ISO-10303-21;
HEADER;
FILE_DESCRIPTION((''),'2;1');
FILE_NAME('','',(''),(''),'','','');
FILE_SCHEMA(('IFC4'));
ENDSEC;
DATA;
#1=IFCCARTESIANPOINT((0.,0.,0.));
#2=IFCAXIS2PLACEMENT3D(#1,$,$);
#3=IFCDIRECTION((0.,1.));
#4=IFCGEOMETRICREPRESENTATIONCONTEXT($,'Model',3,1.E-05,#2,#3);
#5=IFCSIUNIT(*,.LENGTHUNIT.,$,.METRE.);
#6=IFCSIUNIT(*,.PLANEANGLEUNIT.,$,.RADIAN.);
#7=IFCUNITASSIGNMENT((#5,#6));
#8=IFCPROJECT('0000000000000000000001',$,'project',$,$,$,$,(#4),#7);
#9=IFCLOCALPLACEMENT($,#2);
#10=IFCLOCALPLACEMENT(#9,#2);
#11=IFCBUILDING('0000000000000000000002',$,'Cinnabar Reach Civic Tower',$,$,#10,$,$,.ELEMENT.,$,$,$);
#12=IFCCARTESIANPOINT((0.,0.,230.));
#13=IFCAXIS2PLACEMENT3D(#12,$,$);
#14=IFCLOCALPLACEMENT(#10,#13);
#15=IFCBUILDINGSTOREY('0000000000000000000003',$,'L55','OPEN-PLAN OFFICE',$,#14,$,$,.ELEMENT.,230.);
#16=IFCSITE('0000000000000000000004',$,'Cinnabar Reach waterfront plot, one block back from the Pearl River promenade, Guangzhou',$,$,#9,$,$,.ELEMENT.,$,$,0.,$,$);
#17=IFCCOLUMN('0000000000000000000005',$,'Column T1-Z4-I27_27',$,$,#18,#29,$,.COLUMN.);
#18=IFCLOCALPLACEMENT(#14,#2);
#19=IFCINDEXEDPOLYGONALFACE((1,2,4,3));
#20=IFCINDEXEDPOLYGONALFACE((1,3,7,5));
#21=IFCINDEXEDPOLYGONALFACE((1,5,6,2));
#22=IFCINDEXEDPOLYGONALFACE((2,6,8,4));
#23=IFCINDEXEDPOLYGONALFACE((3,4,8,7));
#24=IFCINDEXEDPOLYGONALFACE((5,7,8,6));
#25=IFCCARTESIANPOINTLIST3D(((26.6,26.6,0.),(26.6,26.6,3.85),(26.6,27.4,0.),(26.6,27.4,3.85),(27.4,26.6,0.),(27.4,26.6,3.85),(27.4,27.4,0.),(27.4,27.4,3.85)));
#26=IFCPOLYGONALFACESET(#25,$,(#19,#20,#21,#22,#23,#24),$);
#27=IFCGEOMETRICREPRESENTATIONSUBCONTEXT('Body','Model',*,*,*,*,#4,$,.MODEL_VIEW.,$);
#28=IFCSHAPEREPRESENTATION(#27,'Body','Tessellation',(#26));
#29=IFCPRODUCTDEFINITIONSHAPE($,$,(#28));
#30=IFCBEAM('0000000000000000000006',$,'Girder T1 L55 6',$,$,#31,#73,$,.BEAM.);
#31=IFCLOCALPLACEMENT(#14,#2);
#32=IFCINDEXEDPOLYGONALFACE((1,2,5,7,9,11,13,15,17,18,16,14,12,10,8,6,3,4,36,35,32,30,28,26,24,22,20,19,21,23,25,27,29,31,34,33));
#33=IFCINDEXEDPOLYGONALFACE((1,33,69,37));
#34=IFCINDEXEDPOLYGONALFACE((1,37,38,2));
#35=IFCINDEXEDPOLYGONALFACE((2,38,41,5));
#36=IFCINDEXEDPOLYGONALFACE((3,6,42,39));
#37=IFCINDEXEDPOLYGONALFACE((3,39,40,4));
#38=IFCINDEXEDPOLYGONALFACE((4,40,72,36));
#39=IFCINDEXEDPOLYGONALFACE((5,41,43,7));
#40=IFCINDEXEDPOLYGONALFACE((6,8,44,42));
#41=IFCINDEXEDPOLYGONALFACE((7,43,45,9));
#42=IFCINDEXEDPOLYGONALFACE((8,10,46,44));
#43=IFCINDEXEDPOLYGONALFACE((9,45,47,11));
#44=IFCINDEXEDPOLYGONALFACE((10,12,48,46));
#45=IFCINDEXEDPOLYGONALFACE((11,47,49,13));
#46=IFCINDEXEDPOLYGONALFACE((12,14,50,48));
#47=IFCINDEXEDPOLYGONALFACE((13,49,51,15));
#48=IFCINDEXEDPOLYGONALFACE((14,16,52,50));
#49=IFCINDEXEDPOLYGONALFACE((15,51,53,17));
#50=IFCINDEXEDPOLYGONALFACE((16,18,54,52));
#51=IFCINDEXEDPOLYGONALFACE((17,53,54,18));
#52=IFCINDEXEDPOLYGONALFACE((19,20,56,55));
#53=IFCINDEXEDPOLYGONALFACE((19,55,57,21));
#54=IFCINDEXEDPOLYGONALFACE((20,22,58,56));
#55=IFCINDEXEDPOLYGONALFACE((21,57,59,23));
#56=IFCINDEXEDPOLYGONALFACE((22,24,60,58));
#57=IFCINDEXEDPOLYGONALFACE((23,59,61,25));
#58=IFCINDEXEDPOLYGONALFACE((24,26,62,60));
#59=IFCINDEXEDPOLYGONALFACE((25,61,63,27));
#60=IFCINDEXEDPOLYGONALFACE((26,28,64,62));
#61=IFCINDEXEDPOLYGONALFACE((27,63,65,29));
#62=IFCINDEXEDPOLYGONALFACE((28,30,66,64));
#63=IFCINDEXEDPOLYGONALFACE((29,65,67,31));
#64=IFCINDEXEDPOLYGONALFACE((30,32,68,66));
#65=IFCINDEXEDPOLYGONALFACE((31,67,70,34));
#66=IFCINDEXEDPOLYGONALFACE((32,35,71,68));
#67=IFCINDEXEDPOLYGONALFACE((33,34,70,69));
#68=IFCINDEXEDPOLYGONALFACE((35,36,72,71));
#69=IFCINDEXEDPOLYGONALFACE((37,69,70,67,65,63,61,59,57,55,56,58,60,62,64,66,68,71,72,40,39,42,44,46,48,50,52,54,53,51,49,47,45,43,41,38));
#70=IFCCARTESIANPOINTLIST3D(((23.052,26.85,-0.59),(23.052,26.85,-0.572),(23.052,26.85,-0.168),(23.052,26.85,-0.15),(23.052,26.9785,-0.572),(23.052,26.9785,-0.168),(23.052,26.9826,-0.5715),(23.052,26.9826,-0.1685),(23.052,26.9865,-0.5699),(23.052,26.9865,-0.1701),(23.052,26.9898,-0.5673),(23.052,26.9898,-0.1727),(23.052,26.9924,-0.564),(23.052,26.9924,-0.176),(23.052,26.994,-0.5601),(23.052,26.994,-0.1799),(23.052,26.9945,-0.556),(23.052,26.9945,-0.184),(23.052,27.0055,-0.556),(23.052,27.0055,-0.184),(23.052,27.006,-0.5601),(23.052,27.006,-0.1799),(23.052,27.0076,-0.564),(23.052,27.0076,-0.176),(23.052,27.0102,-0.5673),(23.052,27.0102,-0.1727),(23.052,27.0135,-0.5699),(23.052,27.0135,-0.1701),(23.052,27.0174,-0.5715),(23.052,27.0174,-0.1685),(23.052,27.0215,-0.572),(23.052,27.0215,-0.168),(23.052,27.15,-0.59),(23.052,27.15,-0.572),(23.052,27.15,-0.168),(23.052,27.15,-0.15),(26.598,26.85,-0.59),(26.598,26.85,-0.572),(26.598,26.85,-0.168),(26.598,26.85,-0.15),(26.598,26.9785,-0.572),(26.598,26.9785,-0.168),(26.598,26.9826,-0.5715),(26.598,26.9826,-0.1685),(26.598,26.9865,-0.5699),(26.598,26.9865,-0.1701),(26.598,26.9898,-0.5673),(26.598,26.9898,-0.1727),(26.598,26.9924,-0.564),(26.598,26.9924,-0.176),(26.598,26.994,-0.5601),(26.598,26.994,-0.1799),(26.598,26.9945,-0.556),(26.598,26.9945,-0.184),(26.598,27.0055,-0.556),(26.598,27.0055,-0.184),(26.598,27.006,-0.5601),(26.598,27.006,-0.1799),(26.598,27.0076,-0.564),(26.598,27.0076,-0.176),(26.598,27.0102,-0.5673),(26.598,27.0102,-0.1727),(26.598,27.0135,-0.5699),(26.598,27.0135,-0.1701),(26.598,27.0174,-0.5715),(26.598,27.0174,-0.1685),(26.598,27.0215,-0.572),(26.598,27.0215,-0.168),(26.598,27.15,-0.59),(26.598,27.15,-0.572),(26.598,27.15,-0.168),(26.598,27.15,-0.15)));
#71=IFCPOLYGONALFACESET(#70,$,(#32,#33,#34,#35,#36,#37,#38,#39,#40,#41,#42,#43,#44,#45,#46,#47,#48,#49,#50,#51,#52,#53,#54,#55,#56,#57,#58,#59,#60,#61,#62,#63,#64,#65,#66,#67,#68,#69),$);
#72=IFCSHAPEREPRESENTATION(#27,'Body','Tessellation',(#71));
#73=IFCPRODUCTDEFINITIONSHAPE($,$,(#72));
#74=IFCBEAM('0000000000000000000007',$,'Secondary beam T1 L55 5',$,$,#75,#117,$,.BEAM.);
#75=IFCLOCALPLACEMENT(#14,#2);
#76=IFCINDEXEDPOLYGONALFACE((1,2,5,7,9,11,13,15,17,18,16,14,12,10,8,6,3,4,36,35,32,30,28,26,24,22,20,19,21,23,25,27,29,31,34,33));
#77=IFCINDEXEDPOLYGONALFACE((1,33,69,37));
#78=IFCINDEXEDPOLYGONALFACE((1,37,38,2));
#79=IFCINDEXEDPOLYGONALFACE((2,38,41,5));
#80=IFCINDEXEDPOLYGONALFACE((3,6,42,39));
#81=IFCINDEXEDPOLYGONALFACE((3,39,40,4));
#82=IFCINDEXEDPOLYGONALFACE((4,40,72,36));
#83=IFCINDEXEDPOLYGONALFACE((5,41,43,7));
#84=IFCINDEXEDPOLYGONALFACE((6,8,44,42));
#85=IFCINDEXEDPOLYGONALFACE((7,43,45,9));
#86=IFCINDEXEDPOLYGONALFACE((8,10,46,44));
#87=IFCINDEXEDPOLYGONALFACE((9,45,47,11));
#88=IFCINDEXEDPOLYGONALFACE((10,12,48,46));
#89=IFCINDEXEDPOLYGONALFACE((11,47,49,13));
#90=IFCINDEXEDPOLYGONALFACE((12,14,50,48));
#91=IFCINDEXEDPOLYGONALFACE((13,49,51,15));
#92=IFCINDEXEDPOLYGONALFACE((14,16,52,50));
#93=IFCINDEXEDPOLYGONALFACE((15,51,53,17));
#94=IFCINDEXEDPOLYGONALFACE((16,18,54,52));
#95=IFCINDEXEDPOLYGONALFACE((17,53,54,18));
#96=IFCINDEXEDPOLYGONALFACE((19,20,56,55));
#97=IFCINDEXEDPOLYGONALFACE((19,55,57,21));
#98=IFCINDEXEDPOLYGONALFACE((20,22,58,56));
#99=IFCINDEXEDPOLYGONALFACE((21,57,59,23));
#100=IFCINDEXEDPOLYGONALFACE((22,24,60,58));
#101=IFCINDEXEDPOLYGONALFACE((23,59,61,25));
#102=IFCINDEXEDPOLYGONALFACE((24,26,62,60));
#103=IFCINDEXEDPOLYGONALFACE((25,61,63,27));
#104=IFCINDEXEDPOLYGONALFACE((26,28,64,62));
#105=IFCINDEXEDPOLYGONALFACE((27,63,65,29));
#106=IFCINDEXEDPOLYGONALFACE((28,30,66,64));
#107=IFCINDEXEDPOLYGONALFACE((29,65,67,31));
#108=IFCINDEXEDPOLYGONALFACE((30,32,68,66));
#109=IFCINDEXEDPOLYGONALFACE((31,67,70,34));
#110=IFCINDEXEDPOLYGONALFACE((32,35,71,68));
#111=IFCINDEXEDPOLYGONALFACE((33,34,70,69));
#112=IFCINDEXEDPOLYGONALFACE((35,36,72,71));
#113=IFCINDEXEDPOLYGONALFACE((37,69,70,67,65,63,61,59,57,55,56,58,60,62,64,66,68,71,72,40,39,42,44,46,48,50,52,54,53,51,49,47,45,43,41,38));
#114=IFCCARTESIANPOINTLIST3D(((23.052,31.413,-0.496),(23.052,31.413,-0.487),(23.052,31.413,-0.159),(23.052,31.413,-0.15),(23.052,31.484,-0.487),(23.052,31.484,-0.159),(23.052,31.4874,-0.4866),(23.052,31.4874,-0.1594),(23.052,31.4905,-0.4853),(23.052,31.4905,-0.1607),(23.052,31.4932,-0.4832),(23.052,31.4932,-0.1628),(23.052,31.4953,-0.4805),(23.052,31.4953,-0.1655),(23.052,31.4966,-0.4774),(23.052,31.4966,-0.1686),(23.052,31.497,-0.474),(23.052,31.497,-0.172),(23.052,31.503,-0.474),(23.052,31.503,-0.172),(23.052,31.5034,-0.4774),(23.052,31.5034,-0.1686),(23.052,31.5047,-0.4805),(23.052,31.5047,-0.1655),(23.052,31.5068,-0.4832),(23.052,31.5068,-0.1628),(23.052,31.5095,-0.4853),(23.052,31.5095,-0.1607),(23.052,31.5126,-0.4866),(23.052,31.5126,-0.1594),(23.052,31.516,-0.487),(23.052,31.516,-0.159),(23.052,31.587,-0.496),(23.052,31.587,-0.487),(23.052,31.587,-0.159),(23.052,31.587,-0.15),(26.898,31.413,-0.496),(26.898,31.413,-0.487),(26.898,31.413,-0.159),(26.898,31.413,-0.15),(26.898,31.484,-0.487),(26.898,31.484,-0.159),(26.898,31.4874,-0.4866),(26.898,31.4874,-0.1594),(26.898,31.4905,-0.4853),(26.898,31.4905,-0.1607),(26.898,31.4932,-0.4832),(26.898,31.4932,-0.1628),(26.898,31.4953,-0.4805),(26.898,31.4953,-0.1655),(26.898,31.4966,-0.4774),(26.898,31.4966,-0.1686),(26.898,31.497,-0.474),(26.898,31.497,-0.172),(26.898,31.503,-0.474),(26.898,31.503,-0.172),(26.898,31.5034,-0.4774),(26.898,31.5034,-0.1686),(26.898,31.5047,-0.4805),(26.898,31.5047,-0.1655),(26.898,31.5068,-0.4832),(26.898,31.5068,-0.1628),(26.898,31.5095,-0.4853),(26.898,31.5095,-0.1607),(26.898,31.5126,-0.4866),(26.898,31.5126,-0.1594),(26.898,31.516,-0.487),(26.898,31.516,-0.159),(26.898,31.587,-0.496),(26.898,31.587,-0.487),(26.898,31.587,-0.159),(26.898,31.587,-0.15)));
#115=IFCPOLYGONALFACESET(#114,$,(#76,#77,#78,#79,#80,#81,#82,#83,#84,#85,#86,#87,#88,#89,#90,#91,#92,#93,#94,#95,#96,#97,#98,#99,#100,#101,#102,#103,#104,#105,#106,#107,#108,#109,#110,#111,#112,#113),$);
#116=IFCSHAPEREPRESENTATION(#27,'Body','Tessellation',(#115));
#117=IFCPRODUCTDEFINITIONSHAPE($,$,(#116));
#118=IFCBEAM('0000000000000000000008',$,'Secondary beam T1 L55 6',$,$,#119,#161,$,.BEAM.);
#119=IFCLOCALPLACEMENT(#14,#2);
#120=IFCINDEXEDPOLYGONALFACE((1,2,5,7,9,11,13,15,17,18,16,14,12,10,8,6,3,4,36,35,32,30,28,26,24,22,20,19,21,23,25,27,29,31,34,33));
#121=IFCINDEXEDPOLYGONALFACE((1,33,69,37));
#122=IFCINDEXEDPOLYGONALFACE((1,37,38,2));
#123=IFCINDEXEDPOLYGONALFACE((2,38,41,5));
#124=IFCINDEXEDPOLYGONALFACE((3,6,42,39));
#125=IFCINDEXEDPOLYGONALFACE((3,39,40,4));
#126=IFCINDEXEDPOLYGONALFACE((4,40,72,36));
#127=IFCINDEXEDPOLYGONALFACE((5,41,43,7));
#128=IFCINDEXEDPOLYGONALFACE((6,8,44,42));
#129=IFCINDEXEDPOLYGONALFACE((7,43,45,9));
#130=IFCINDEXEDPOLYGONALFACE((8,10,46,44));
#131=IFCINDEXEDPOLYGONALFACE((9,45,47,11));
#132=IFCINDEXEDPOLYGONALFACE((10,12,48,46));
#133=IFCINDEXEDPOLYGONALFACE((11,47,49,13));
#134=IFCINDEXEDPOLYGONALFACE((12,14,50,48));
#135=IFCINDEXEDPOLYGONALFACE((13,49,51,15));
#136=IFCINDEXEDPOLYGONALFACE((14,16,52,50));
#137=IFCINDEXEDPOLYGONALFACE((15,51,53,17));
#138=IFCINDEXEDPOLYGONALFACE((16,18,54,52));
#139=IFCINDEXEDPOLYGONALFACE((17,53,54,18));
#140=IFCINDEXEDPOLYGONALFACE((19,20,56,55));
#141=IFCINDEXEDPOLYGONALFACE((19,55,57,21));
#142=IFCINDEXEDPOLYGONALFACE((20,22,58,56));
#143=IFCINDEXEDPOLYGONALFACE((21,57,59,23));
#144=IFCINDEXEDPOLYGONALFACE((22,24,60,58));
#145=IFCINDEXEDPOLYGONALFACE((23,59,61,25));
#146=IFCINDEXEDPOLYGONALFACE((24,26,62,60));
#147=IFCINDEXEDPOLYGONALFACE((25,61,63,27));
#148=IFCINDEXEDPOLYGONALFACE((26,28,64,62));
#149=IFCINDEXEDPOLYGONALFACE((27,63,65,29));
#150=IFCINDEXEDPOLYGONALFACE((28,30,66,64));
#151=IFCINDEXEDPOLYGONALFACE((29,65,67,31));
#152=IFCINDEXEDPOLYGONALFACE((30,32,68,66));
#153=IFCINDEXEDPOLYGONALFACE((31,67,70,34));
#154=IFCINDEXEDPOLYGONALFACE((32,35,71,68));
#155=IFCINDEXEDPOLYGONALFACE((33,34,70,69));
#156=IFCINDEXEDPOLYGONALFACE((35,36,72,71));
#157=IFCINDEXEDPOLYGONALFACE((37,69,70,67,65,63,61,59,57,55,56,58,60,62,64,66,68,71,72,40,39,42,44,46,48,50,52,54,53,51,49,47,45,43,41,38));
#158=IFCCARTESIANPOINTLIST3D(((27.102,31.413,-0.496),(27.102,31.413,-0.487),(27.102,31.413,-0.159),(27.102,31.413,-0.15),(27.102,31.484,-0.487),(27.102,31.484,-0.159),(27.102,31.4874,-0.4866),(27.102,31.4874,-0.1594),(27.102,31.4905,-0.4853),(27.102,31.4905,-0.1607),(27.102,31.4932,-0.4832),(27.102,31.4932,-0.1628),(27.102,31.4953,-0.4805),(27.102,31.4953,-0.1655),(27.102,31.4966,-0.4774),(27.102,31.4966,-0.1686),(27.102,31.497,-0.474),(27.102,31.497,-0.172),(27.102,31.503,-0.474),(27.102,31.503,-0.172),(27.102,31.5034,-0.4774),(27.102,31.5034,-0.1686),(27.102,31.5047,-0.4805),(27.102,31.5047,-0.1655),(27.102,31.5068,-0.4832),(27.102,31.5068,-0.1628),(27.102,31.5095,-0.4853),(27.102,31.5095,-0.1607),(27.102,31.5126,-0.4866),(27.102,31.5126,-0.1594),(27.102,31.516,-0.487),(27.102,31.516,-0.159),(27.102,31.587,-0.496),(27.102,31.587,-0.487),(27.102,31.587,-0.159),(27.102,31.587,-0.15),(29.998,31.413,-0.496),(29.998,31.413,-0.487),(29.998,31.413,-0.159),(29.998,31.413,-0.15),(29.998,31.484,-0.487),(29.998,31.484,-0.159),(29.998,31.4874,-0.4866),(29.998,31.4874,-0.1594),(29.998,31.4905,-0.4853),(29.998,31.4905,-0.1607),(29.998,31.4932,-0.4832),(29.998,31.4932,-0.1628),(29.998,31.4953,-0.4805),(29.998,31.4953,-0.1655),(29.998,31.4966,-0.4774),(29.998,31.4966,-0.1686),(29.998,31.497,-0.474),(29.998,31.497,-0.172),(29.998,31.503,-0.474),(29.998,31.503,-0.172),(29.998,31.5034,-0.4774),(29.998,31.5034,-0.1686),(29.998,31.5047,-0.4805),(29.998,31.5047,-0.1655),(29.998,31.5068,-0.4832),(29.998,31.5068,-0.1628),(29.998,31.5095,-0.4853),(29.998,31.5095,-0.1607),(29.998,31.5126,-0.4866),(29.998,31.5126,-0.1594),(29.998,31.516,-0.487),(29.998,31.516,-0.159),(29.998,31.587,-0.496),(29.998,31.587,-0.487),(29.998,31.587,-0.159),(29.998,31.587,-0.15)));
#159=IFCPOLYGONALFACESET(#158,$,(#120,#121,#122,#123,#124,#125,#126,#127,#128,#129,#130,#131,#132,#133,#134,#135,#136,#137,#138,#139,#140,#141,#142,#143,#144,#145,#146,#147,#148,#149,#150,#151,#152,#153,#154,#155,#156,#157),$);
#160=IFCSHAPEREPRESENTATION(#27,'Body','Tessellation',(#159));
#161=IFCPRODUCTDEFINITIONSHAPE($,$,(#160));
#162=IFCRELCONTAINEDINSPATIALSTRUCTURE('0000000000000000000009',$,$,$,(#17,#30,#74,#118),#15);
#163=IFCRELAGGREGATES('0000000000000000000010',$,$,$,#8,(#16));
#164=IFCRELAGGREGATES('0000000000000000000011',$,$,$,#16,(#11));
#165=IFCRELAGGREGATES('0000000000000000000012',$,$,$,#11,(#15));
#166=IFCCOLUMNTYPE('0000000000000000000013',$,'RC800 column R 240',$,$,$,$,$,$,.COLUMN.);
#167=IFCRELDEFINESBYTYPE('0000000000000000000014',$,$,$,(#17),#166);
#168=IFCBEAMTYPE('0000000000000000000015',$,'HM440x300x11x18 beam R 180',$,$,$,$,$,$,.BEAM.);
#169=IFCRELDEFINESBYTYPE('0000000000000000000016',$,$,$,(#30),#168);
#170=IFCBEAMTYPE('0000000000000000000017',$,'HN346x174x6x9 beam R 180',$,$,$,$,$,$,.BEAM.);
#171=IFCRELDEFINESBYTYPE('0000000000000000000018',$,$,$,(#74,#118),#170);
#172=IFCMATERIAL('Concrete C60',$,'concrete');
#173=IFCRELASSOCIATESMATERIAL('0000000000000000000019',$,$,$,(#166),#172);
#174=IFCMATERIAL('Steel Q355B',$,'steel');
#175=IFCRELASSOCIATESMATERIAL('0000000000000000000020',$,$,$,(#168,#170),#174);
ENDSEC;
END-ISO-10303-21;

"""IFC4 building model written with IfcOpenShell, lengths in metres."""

from ifc_helpers import new_model, si_unit, direction, frame, origin, origin_2d, place, context, subcontext, project, spatial, rectangle, i_section, extrude, material, material_profile, profile_set, type_object, element, save


model = new_model("IFC4")

# Units and contexts
model_context = context("Model", 3, precision=1e-05, world=origin(), true_north=direction((0.0, 1.0)))
body_context = subcontext(model_context, "Body", "Model", "MODEL_VIEW")
ifc_project = project(units=[si_unit("LENGTHUNIT", "METRE"), si_unit("PLANEANGLEUNIT", "RADIAN")], contexts=[model_context])

# Site, building, storey
site_placement = place(None, origin())
site = spatial("IfcSite", under=ifc_project, at=site_placement, Name="Cinnabar Reach waterfront plot, one block back from the Pearl River promenade, Guangzhou", CompositionType="ELEMENT", RefElevation=0.0)
building_placement = place(site_placement, origin())
building = spatial("IfcBuilding", under=site, at=building_placement, Name="Cinnabar Reach Civic Tower", CompositionType="ELEMENT")
storey_placement = place(building_placement, frame((0.0, 0.0, 230.0)))
storey = spatial("IfcBuildingStorey", under=building, at=storey_placement, Name="L55", Description="OPEN-PLAN OFFICE", CompositionType="ELEMENT", Elevation=230.0)

# Column
ifc_material_1 = material(Name="Concrete C60", Category="concrete")
ifc_material_profile_1 = material_profile(ifc_material_1, rectangle(XDim=0.8, YDim=0.8, at=origin_2d()), Name="RC800")
ifc_profile_set_1 = profile_set([ifc_material_profile_1], Name="Concrete C60")
column_type = type_object("IfcColumnType", Name="RC800 column R 240", PredefinedType="COLUMN", material=ifc_profile_set_1)
column_placement = place(storey_placement, frame((27.0, 27.0, 0.0), z_axis=(0.0, 0.0, 1.0), x_axis=(1.0, 0.0, 0.0)))
element("IfcColumn", 1, at=column_placement, inside=storey, type_object=column_type, Name="Column T1-Z4-I27_27", PredefinedType="COLUMN", context=body_context, shape_type="SweptSolid", body=[
    extrude(rectangle(XDim=0.8, YDim=0.8, at=origin_2d()), origin(), (0.0, 0.0, 1.0), 3.85),
])

# Beams
ifc_material_2 = material(Name="Steel Q355B", Category="steel")
ifc_material_profile_2 = material_profile(ifc_material_2, i_section(OverallWidth=0.3, OverallDepth=0.44, WebThickness=0.011, FlangeThickness=0.018, FilletRadius=0.016, at=origin_2d()), Name="HM440x300x11x18")
ifc_profile_set_2 = profile_set([ifc_material_profile_2], Name="Steel Q355B")
beam_type_1 = type_object("IfcBeamType", Name="HM440x300x11x18 beam R 180", PredefinedType="BEAM", material=ifc_profile_set_2)
beam_1_placement = place(storey_placement, frame((23.052, 27.0, -0.37), z_axis=(1.0, 0.0, 0.0), x_axis=(0.0, 1.0, 0.0)))
element("IfcBeam", 2, at=beam_1_placement, inside=storey, type_object=beam_type_1, Name="Girder T1 L55 6", PredefinedType="BEAM", context=body_context, shape_type="SweptSolid", body=[
    extrude(i_section(OverallWidth=0.3, OverallDepth=0.44, WebThickness=0.011, FlangeThickness=0.018, FilletRadius=0.016, at=origin_2d()), origin(), (0.0, 0.0, 1.0), 3.546),
])
ifc_material_profile_3 = material_profile(ifc_material_2, i_section(OverallWidth=0.174, OverallDepth=0.346, WebThickness=0.006, FlangeThickness=0.009, FilletRadius=0.013, at=origin_2d()), Name="HN346x174x6x9")
ifc_profile_set_3 = profile_set([ifc_material_profile_3], Name="Steel Q355B")
beam_type_2 = type_object("IfcBeamType", Name="HN346x174x6x9 beam R 180", PredefinedType="BEAM", material=ifc_profile_set_3)
beam_2_placement = place(storey_placement, frame((23.052, 31.5, -0.323), z_axis=(1.0, 0.0, 0.0), x_axis=(0.0, 1.0, 0.0)))
element("IfcBeam", 3, at=beam_2_placement, inside=storey, type_object=beam_type_2, Name="Secondary beam T1 L55 5", PredefinedType="BEAM", context=body_context, shape_type="SweptSolid", body=[
    extrude(i_section(OverallWidth=0.174, OverallDepth=0.346, WebThickness=0.006, FlangeThickness=0.009, FilletRadius=0.013, at=origin_2d()), origin(), (0.0, 0.0, 1.0), 3.846),
])
beam_3_placement = place(storey_placement, frame((27.102, 31.5, -0.323), z_axis=(1.0, 0.0, 0.0), x_axis=(0.0, 1.0, 0.0)))
element("IfcBeam", 4, at=beam_3_placement, inside=storey, type_object=beam_type_2, Name="Secondary beam T1 L55 6", PredefinedType="BEAM", context=body_context, shape_type="SweptSolid", body=[
    extrude(i_section(OverallWidth=0.174, OverallDepth=0.346, WebThickness=0.006, FlangeThickness=0.009, FilletRadius=0.013, at=origin_2d()), origin(), (0.0, 0.0, 1.0), 2.896),
])

save(model, "model.ifc")
